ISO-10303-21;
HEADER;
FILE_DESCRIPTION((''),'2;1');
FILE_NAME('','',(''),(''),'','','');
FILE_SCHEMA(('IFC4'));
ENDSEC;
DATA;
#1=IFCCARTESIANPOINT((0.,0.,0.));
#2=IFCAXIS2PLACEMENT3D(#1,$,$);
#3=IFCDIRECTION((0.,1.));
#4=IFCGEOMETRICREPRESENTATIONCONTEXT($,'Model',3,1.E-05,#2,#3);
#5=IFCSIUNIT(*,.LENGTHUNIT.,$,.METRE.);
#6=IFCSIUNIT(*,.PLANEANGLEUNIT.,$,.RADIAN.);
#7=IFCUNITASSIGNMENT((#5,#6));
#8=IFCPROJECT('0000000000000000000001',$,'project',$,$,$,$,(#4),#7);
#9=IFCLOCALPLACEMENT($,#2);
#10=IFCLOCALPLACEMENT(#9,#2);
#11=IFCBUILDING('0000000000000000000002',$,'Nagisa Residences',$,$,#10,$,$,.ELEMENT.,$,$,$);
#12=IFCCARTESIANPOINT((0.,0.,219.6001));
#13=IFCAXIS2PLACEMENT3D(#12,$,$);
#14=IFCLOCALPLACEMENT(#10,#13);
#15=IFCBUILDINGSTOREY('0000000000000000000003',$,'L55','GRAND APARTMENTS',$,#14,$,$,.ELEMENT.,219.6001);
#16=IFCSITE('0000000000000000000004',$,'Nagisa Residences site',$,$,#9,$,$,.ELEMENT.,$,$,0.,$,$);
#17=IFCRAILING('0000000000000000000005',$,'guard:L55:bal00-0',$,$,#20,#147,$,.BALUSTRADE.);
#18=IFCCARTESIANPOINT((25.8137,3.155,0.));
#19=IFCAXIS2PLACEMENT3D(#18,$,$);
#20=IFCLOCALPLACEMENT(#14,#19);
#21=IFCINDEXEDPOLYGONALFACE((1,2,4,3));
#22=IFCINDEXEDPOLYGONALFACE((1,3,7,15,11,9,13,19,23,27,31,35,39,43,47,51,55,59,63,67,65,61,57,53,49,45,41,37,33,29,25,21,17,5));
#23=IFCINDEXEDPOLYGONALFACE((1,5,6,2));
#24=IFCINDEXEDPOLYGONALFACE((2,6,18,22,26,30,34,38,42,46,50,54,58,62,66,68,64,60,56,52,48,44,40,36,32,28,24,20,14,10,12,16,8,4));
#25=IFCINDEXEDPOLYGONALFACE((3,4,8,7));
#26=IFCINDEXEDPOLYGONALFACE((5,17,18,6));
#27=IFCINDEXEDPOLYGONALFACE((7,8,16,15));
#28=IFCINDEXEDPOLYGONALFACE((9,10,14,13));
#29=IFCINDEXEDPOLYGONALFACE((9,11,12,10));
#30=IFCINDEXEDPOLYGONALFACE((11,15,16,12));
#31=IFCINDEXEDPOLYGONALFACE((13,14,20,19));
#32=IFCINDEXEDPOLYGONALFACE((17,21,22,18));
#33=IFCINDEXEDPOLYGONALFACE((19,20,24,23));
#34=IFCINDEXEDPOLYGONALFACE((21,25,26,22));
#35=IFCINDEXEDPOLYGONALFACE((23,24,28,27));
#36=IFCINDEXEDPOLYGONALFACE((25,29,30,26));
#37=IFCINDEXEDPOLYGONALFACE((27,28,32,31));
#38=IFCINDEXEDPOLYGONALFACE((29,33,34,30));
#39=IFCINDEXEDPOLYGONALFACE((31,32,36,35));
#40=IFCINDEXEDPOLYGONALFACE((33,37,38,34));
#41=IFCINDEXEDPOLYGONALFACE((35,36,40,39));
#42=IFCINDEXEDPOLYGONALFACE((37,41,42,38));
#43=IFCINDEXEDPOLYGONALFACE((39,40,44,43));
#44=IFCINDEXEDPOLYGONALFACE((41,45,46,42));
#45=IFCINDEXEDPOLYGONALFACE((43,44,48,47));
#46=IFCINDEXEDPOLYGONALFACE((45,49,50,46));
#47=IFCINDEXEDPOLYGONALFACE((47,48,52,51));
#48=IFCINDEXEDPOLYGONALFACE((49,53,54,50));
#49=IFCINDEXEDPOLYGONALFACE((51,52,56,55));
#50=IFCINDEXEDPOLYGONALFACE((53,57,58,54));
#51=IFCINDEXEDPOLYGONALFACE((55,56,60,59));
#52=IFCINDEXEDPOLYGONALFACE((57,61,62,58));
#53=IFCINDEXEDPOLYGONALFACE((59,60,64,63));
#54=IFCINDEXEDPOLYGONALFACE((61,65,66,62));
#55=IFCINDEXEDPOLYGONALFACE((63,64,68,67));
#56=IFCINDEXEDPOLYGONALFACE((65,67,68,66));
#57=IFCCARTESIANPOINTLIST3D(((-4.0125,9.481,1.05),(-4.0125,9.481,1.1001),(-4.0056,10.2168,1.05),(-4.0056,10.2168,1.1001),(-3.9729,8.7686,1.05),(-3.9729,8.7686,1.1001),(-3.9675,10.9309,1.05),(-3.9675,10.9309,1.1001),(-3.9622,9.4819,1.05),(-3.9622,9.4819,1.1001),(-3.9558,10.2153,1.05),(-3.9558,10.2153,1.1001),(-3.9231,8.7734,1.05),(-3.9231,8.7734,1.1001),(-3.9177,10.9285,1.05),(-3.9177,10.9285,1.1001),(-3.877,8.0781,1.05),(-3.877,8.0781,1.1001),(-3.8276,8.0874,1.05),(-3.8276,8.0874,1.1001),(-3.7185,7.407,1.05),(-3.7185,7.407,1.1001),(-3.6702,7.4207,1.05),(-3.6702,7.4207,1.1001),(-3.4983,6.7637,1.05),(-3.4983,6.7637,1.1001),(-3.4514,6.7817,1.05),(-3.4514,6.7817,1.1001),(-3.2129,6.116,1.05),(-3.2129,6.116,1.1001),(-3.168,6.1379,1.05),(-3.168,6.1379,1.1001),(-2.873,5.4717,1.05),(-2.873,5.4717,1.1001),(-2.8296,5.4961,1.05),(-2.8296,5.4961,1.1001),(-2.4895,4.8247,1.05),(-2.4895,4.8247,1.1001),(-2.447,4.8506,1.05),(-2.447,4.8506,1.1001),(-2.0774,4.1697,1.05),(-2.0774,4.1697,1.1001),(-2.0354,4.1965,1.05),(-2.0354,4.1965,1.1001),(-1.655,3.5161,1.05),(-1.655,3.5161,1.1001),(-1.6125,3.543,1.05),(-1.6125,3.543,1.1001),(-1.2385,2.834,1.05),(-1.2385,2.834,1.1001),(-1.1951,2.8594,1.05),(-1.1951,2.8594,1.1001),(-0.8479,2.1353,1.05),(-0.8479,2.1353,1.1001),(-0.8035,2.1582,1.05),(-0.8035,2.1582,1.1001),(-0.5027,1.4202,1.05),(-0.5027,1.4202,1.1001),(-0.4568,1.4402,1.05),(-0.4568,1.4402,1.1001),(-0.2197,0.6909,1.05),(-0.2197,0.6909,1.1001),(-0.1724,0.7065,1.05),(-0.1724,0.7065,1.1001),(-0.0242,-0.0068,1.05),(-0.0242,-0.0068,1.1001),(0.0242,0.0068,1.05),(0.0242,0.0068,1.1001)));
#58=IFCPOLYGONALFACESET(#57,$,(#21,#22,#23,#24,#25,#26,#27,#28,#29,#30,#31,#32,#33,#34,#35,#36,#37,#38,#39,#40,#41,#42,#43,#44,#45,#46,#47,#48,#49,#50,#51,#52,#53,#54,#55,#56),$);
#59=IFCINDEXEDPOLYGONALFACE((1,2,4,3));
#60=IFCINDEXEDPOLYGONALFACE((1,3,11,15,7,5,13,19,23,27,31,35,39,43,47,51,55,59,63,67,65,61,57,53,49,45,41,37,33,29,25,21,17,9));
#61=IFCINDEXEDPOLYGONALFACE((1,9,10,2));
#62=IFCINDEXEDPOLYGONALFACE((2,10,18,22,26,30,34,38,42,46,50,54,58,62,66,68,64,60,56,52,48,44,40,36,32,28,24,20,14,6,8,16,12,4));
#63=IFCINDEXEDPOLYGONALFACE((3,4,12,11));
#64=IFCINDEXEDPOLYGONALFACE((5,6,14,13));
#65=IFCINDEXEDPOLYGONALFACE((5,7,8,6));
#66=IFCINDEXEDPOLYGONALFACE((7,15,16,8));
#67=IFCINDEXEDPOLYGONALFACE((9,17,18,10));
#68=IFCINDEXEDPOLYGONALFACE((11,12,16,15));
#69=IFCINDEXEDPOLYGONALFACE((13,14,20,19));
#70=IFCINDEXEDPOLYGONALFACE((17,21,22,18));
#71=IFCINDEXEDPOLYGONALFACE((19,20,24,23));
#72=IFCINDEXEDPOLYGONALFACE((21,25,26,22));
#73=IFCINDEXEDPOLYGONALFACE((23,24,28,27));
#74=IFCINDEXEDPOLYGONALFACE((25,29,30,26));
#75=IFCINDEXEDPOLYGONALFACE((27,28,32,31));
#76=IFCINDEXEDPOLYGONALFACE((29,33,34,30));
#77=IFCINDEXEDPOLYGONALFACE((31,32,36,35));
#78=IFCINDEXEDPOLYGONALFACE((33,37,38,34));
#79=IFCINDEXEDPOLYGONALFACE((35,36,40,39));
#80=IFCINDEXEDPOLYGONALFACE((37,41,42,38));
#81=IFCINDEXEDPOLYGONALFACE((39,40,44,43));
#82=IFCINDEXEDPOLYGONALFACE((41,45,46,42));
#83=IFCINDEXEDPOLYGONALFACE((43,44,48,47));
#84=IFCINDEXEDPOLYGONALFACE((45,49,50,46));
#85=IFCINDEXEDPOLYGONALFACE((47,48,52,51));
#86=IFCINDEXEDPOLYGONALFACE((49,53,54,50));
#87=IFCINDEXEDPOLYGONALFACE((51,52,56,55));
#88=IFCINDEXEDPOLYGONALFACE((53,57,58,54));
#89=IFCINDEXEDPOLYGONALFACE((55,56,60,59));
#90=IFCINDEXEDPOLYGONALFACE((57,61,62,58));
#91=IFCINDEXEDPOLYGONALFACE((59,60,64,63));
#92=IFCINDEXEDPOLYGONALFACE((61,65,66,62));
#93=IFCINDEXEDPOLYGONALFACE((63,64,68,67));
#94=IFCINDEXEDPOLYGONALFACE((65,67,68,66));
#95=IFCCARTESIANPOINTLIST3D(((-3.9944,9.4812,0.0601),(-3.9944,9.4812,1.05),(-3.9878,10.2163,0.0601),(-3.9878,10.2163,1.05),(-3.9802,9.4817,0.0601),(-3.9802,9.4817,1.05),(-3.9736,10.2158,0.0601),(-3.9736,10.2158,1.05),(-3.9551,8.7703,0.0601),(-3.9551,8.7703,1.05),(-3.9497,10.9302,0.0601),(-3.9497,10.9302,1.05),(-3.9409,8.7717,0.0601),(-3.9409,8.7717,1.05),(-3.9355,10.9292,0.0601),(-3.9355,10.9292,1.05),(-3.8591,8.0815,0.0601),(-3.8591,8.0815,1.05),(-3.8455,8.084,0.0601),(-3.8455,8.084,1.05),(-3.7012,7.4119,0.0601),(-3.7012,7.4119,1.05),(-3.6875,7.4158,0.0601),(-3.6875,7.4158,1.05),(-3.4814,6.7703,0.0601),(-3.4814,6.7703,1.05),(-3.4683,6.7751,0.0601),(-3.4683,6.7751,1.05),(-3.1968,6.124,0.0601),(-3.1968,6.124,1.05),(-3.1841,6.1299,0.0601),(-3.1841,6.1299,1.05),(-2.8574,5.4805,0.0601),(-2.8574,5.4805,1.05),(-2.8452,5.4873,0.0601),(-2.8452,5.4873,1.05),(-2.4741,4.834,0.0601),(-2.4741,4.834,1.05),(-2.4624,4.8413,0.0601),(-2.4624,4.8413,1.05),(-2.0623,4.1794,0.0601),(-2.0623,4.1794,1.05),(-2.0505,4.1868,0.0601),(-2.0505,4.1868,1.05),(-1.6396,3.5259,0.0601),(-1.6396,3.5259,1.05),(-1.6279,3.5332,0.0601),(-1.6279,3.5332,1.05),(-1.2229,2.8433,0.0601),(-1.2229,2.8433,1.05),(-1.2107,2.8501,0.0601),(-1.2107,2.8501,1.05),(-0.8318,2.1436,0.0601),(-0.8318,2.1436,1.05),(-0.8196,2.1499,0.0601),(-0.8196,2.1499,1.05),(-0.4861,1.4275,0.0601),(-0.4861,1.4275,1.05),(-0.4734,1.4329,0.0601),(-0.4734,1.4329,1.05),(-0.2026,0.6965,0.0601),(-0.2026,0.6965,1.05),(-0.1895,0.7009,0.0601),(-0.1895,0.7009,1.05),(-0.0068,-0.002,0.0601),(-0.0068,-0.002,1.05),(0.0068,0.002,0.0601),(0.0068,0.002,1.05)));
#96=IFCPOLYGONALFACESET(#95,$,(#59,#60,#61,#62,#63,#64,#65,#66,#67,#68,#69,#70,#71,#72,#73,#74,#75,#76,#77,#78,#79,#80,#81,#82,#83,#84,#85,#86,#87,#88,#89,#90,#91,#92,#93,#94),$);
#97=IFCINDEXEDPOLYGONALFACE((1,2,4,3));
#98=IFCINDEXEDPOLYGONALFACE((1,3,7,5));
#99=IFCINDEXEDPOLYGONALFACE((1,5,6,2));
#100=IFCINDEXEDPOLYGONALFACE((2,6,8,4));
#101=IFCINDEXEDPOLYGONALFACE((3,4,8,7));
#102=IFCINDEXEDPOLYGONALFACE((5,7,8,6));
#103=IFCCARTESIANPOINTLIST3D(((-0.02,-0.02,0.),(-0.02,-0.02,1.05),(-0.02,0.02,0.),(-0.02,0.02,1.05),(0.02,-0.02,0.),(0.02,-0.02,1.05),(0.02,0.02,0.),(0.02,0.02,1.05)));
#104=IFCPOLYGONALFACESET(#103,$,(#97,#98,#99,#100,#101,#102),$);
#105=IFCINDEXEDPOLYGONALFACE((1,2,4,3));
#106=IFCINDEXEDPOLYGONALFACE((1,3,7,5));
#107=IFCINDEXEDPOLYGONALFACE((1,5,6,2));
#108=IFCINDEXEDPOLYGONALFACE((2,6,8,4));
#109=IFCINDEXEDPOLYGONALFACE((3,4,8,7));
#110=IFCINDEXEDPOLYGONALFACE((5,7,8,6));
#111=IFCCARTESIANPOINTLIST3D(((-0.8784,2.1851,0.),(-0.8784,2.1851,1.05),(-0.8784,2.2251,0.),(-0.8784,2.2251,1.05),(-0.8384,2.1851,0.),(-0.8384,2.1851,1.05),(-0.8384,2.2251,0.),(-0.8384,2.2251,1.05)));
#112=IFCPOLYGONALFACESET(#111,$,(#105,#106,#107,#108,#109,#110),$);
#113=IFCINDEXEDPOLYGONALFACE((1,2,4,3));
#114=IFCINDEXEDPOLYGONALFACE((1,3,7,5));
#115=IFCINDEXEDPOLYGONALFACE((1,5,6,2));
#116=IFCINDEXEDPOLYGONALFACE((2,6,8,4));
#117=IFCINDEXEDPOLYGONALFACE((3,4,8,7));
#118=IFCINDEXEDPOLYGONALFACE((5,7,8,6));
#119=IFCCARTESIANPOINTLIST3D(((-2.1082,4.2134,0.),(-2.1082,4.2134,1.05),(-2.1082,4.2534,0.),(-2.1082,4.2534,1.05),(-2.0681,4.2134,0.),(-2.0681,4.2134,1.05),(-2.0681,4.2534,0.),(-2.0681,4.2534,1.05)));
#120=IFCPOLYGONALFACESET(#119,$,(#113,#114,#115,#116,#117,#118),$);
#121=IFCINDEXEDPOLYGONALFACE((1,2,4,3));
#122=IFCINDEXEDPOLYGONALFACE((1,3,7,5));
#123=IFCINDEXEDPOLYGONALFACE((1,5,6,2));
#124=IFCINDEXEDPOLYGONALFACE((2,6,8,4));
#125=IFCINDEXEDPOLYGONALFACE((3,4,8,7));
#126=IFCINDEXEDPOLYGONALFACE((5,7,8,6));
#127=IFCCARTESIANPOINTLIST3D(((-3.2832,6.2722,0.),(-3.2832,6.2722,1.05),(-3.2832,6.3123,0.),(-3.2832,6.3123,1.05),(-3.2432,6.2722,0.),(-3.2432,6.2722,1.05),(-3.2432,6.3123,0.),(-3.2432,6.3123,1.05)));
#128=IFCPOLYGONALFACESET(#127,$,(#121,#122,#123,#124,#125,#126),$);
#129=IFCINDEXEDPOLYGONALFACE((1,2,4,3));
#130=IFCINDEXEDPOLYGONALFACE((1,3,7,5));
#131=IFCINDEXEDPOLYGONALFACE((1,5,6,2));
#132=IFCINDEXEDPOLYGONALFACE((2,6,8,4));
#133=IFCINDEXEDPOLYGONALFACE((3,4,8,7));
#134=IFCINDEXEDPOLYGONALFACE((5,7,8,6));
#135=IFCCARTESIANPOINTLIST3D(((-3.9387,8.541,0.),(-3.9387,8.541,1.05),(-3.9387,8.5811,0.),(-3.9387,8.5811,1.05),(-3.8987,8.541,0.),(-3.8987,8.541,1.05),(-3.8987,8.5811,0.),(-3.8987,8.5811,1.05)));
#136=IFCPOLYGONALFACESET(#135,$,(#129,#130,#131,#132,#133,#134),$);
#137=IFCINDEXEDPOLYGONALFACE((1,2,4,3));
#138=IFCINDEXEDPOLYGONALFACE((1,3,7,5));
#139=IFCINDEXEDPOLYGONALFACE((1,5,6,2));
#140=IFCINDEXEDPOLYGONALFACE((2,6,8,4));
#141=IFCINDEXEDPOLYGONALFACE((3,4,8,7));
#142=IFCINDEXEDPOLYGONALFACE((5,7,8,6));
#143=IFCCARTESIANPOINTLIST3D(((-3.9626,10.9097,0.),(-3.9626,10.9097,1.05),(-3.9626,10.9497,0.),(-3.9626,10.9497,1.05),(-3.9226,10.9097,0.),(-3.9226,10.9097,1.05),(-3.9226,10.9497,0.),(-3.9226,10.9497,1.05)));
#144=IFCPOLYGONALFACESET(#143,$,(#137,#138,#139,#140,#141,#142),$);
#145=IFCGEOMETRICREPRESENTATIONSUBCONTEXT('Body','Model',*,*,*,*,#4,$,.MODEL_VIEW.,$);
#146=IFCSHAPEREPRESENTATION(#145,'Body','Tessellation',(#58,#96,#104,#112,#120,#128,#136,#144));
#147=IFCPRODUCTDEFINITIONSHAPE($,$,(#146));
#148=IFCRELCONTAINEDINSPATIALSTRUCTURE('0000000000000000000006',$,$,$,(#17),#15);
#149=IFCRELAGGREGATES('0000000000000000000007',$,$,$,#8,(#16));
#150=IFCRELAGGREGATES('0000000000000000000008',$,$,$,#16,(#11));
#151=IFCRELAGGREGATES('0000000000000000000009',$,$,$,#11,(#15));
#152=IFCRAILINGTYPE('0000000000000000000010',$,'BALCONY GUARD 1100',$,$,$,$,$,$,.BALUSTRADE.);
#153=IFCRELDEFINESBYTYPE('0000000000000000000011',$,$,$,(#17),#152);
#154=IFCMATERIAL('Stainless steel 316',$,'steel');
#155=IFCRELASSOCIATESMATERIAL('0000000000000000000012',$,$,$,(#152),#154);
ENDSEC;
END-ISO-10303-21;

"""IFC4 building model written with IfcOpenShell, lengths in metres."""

from ifc_helpers import new_model, si_unit, direction, frame, origin, origin_2d, place, context, subcontext, project, spatial, polyline, rectangle, outline, extrude, material, type_object, element, save


model = new_model("IFC4")

# Units and contexts
model_context = context("Model", 3, precision=1e-05, world=origin(), true_north=direction((0.0, 1.0)))
body_context = subcontext(model_context, "Body", "Model", "MODEL_VIEW")
ifc_project = project(units=[si_unit("LENGTHUNIT", "METRE"), si_unit("PLANEANGLEUNIT", "RADIAN")], contexts=[model_context])

# Site, building, storey
site_placement = place(None, origin())
site = spatial("IfcSite", under=ifc_project, at=site_placement, Name="Nagisa Residences site", CompositionType="ELEMENT", RefElevation=0.0)
building_placement = place(site_placement, origin())
building = spatial("IfcBuilding", under=site, at=building_placement, Name="Nagisa Residences", CompositionType="ELEMENT")
storey_placement = place(building_placement, frame((0.0, 0.0, 219.6001)))
storey = spatial("IfcBuildingStorey", under=building, at=storey_placement, Name="L55", Description="GRAND APARTMENTS", CompositionType="ELEMENT", Elevation=219.6001)

# Railing
ifc_material_1 = material(Name="Stainless steel 316", Category="steel")
railing_type = type_object("IfcRailingType", Name="BALCONY GUARD 1100", PredefinedType="BALUSTRADE", material=ifc_material_1)
railing_placement = place(storey_placement, frame((25.8137, 3.155, 0.0)))
element("IfcRailing", 1, at=railing_placement, inside=storey, type_object=railing_type, Name="guard:L55:bal00-0", PredefinedType="BALUSTRADE", context=body_context, shape_type="SweptSolid", body=[
    extrude(outline(polyline([(-0.2197, 0.6909), (-0.0242, -0.0068), (0.0242, 0.0068), (-0.1724, 0.7065), (-0.4568, 1.4402), (-0.8035, 2.1582), (-1.1951, 2.8594), (-1.6125, 3.543), (-2.0354, 4.1965), (-2.447, 4.8506), (-2.8296, 5.4961), (-3.168, 6.1379), (-3.4514, 6.7817), (-3.6702, 7.4207), (-3.8276, 8.0874), (-3.9231, 8.7734), (-3.9622, 9.4819), (-3.9558, 10.2153), (-3.9177, 10.9285), (-3.9675, 10.9309), (-4.0056, 10.2168), (-4.0125, 9.481), (-3.9729, 8.7686), (-3.877, 8.0781), (-3.7185, 7.407), (-3.4983, 6.7637), (-3.2129, 6.116), (-2.873, 5.4717), (-2.4895, 4.8247), (-2.0774, 4.1697), (-1.655, 3.5161), (-1.2385, 2.834), (-0.8479, 2.1353), (-0.5027, 1.4202), (-0.2197, 0.6909)])), frame((0.0, 0.0, 1.05)), (0.0, 0.0, 1.0), 0.05),
    extrude(outline(polyline([(-0.2026, 0.6965), (-0.0068, -0.002), (0.0068, 0.002), (-0.1895, 0.7009), (-0.4734, 1.4329), (-0.8196, 2.1499), (-1.2107, 2.8501), (-1.6279, 3.5332), (-2.0505, 4.1868), (-2.4624, 4.8413), (-2.8452, 5.4873), (-3.1841, 6.1299), (-3.4683, 6.7751), (-3.6875, 7.4158), (-3.8455, 8.084), (-3.9409, 8.7717), (-3.9802, 9.4817), (-3.9736, 10.2158), (-3.9355, 10.9292), (-3.9497, 10.9302), (-3.9878, 10.2163), (-3.9944, 9.4812), (-3.9551, 8.7703), (-3.8591, 8.0815), (-3.7012, 7.4119), (-3.4814, 6.7703), (-3.1968, 6.124), (-2.8574, 5.4805), (-2.4741, 4.834), (-2.0623, 4.1794), (-1.6396, 3.5259), (-1.2229, 2.8433), (-0.8318, 2.1436), (-0.4861, 1.4275), (-0.2026, 0.6965)])), frame((0.0, 0.0, 0.0601)), (0.0, 0.0, 1.0), 0.99),
    extrude(rectangle(XDim=0.04, YDim=0.04, at=origin_2d()), origin(), (0.0, 0.0, 1.0), 1.05),
    extrude(rectangle(XDim=0.04, YDim=0.04, at=origin_2d()), frame((-0.8584, 2.2051, 0.0)), (0.0, 0.0, 1.0), 1.05),
    extrude(rectangle(XDim=0.04, YDim=0.04, at=origin_2d()), frame((-2.0881, 4.2334, 0.0)), (0.0, 0.0, 1.0), 1.05),
    extrude(rectangle(XDim=0.04, YDim=0.04, at=origin_2d()), frame((-3.2632, 6.2922, 0.0)), (0.0, 0.0, 1.0), 1.05),
    extrude(rectangle(XDim=0.04, YDim=0.04, at=origin_2d()), frame((-3.9187, 8.561, 0.0)), (0.0, 0.0, 1.0), 1.05),
    extrude(rectangle(XDim=0.04, YDim=0.04, at=origin_2d()), frame((-3.9426, 10.9297, 0.0)), (0.0, 0.0, 1.0), 1.05),
])

save(model, "model.ifc")
